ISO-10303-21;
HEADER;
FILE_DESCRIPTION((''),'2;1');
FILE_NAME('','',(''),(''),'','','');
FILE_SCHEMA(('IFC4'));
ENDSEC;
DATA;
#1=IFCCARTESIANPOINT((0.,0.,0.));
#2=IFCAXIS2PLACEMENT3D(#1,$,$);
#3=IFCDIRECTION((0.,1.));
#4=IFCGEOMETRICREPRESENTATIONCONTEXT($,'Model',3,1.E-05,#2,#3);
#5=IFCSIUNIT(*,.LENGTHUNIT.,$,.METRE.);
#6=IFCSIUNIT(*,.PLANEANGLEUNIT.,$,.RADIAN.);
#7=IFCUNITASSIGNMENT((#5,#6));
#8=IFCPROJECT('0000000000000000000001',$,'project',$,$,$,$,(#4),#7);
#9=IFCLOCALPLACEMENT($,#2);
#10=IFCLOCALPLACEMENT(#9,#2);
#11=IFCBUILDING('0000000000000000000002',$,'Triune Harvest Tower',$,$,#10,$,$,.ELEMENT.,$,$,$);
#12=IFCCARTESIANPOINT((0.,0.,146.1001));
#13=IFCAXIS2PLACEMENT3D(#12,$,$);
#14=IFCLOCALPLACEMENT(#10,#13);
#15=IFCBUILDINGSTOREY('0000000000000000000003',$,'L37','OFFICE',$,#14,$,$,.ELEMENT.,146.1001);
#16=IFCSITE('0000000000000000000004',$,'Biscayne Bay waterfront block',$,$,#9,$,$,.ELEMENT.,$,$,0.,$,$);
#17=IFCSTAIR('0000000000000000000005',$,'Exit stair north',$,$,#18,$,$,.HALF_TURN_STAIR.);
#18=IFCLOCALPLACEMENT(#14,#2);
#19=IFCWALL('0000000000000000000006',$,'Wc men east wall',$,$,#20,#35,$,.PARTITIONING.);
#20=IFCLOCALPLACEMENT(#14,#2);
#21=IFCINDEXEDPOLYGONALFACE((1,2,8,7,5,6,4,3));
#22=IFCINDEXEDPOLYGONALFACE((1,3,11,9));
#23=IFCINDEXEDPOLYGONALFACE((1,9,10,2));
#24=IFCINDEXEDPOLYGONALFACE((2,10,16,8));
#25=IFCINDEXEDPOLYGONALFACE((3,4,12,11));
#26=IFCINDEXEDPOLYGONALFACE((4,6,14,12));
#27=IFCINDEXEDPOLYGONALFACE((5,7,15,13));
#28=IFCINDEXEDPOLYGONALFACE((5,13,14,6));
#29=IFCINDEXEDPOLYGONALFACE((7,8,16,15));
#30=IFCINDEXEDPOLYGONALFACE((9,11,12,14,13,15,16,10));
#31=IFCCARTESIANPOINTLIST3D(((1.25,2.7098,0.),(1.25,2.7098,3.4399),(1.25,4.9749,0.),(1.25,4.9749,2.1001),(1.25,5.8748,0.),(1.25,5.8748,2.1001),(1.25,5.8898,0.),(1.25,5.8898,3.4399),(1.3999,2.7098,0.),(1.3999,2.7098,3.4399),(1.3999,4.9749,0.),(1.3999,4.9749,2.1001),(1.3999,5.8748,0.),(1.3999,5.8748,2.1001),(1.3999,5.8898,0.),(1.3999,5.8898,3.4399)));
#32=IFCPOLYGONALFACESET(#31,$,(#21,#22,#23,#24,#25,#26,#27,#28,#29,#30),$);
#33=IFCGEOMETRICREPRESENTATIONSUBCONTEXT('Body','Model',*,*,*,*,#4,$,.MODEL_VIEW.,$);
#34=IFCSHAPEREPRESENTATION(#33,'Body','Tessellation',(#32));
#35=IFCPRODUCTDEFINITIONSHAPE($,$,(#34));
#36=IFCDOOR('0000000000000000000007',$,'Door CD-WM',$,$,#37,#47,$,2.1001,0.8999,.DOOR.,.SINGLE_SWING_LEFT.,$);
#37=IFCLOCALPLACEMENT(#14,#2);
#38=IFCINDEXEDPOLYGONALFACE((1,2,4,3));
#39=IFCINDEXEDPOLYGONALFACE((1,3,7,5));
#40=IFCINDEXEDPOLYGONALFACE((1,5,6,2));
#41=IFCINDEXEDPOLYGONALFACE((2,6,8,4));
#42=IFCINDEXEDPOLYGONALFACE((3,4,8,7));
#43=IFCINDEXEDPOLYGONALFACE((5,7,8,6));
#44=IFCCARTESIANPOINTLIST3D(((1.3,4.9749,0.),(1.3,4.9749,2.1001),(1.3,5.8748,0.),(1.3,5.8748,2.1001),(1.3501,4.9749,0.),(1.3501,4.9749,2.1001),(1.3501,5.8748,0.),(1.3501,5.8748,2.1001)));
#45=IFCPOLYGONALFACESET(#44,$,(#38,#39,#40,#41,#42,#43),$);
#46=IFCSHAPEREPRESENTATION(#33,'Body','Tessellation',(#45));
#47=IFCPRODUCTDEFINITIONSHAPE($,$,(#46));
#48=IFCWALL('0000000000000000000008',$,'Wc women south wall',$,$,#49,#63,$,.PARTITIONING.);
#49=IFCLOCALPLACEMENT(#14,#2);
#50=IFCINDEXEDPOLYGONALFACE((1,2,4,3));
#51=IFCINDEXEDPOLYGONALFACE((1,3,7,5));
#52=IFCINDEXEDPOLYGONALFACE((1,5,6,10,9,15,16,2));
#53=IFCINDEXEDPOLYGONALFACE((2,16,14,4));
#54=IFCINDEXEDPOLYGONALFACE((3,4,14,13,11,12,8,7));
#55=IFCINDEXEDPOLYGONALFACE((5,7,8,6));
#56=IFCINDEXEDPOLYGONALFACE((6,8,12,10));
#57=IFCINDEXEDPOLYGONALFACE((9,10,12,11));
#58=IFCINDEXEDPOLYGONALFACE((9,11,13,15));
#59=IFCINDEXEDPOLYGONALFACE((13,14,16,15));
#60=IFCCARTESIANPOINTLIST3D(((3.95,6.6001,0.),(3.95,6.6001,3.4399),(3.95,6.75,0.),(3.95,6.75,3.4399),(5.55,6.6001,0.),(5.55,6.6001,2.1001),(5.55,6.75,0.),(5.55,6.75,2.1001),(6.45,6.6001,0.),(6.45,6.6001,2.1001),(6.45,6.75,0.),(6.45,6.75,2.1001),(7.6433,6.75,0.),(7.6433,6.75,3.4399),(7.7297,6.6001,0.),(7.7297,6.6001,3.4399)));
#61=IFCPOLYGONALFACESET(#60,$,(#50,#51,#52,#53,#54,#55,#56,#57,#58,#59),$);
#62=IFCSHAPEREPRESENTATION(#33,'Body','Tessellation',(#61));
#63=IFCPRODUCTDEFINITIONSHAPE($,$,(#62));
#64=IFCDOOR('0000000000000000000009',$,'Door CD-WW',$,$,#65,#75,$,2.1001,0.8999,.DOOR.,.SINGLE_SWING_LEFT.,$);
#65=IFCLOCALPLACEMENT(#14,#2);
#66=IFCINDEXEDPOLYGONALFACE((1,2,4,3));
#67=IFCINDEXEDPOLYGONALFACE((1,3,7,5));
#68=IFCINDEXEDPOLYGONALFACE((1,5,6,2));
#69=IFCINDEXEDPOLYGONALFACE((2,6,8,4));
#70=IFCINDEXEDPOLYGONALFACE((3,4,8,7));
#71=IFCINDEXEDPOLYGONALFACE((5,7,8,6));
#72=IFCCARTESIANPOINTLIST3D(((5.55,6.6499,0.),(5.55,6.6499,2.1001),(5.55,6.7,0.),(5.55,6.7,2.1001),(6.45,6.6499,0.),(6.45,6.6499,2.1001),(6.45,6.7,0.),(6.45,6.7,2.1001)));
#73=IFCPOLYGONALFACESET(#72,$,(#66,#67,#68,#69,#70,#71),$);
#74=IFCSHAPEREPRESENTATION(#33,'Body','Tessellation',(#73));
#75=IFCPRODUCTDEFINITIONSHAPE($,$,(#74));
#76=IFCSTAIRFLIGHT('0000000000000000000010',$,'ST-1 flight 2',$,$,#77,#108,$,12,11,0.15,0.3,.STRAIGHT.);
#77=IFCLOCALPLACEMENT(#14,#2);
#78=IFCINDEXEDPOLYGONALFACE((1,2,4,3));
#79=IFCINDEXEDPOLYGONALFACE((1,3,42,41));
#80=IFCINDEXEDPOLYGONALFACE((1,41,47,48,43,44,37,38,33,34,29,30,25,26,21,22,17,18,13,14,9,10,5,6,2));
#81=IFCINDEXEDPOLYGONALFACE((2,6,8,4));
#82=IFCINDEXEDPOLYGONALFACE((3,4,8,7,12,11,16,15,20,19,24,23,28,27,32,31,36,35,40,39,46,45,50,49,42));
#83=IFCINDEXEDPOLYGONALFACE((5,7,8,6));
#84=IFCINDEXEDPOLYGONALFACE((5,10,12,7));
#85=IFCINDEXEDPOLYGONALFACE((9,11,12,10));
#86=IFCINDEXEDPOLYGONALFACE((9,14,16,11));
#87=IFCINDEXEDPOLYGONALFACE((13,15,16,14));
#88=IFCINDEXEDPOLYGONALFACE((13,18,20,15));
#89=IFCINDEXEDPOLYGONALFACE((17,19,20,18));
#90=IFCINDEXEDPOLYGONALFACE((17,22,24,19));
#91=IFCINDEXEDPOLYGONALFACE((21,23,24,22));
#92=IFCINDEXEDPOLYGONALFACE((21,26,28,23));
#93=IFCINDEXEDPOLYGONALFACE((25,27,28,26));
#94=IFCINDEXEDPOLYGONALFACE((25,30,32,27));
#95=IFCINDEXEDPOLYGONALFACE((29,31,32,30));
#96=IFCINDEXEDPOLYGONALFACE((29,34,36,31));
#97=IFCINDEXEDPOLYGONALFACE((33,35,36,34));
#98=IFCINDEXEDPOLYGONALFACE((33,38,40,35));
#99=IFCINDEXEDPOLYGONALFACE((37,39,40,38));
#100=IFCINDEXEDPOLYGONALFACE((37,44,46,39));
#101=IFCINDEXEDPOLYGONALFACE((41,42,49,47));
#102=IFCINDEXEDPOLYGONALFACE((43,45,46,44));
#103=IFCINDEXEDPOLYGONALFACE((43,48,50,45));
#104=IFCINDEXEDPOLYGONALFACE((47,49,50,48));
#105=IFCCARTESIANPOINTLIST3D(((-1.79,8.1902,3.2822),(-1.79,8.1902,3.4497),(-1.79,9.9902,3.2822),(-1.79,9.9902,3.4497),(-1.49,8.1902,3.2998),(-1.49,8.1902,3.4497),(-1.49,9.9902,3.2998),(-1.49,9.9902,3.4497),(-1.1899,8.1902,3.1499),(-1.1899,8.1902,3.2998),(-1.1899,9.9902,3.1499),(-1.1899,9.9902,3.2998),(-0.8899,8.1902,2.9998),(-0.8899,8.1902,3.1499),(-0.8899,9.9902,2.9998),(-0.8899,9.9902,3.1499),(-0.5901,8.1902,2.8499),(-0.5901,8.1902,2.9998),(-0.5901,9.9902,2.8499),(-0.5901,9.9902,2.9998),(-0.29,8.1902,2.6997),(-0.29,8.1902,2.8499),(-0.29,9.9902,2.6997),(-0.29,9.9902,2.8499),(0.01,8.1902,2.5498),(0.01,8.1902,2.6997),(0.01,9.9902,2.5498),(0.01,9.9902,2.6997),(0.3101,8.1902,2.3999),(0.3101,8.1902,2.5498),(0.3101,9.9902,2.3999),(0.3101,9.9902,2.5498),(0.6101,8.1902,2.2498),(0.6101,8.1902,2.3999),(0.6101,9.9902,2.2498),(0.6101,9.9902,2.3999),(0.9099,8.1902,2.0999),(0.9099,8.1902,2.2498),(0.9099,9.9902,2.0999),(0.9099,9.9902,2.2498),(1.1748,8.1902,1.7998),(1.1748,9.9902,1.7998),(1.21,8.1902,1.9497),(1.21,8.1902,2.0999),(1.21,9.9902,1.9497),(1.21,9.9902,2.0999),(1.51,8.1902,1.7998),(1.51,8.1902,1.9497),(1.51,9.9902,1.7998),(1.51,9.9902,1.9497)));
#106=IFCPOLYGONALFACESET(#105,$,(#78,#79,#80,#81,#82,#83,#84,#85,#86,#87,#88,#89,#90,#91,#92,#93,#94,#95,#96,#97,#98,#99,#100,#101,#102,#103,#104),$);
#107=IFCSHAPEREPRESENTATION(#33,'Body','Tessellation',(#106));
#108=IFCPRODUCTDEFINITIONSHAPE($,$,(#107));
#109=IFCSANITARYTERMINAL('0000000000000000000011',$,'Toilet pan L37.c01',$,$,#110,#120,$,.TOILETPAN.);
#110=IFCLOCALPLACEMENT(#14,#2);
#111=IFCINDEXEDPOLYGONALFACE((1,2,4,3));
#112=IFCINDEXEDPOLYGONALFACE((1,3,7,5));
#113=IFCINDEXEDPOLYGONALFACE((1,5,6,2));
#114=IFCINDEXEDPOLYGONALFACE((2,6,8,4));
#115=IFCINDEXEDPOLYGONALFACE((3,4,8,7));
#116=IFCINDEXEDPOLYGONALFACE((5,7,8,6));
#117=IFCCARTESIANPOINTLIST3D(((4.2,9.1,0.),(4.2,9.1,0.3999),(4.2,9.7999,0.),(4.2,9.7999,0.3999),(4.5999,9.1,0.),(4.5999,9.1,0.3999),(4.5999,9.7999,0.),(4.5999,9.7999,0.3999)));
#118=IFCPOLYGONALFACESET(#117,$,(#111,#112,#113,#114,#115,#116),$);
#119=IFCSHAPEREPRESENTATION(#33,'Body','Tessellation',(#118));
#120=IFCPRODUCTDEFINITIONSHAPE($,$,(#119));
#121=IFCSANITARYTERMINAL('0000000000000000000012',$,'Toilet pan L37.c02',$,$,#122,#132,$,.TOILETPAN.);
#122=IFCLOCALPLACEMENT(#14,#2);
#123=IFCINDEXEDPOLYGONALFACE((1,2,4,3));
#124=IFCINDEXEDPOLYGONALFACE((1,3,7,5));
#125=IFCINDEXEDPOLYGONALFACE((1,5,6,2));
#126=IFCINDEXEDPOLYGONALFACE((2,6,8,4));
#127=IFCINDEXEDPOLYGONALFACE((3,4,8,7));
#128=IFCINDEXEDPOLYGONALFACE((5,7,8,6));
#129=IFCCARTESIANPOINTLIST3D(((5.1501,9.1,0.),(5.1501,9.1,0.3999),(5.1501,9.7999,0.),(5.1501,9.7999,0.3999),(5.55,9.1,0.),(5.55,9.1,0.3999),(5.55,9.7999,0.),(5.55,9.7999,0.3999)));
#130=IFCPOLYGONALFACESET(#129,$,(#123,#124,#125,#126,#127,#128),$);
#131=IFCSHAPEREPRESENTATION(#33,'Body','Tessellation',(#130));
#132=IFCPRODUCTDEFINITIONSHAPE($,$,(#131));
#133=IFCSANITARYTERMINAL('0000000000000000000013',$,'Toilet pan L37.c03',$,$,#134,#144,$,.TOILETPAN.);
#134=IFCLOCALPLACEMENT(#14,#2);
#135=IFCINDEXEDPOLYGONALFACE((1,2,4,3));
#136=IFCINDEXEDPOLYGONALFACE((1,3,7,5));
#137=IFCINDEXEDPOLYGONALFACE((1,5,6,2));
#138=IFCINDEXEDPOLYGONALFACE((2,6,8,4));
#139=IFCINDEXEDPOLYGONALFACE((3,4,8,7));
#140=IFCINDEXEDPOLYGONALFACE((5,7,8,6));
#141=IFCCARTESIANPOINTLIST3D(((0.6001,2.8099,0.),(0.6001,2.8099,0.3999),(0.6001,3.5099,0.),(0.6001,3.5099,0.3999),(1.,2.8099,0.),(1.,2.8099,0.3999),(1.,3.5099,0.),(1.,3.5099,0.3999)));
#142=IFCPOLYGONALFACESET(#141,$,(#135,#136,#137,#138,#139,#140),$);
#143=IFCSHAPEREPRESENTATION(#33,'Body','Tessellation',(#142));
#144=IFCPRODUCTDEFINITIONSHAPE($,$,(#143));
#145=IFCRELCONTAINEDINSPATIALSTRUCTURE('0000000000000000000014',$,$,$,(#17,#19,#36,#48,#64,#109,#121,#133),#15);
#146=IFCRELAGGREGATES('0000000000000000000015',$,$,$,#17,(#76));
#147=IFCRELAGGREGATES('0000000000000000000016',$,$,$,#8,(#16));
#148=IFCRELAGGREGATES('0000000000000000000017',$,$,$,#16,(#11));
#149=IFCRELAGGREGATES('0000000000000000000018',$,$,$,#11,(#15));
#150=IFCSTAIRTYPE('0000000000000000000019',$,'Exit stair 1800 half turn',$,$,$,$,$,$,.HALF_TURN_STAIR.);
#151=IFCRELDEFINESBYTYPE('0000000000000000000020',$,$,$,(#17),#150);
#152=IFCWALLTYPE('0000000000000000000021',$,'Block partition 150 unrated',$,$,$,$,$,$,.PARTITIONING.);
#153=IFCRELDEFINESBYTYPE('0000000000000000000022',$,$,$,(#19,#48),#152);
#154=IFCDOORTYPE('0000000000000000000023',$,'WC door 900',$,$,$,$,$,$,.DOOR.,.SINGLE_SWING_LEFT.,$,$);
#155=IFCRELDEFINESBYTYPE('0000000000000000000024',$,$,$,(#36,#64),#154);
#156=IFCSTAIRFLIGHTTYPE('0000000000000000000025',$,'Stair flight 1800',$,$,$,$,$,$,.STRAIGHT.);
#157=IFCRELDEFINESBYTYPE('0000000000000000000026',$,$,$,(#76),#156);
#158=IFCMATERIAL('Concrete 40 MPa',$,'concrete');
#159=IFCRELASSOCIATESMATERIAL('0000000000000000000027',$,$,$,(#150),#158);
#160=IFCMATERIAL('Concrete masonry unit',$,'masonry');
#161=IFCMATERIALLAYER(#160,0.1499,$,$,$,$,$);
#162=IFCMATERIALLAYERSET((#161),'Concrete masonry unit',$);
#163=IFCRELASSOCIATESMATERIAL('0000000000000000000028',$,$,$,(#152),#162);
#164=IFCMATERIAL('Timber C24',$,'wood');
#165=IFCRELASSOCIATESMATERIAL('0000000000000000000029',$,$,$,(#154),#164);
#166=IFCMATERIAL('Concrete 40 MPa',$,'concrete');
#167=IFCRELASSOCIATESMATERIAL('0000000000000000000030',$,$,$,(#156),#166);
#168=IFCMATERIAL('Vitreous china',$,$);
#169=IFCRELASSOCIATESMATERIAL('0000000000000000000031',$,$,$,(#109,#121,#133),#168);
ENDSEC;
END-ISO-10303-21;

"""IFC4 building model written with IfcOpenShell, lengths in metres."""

from ifc_helpers import new_model, si_unit, direction, frame, frame_2d, origin, origin_2d, place, context, subcontext, project, spatial, polyline, rectangle, outline, extrude, source, transform, mapped, material, layer, layer_set, type_object, element, fill, aggregate, save


model = new_model("IFC4")

# Units and contexts
model_context = context("Model", 3, precision=1e-05, world=origin(), true_north=direction((0.0, 1.0)))
body_context = subcontext(model_context, "Body", "Model", "MODEL_VIEW")
ifc_project = project(units=[si_unit("LENGTHUNIT", "METRE"), si_unit("PLANEANGLEUNIT", "RADIAN")], contexts=[model_context])

# Site, building, storey
site_placement = place(None, origin())
site = spatial("IfcSite", under=ifc_project, at=site_placement, Name="Biscayne Bay waterfront block", CompositionType="ELEMENT", RefElevation=0.0)
building_placement = place(site_placement, origin())
building = spatial("IfcBuilding", under=site, at=building_placement, Name="Triune Harvest Tower", CompositionType="ELEMENT")
storey_placement = place(building_placement, frame((0.0, 0.0, 146.1001)))
storey = spatial("IfcBuildingStorey", under=building, at=storey_placement, Name="L37", Description="OFFICE", CompositionType="ELEMENT", Elevation=146.1001)

# Stair
ifc_material_1 = material(Name="Concrete 40 MPa", Category="concrete")
stair_type = type_object("IfcStairType", Name="Exit stair 1800 half turn", PredefinedType="HALF_TURN_STAIR", material=ifc_material_1)
stair_1_placement = place(storey_placement, origin())
stair_1 = element("IfcStair", 1, at=stair_1_placement, inside=storey, type_object=stair_type, Name="Exit stair north", PredefinedType="HALF_TURN_STAIR")

# Walls, openings, doors
ifc_material_2 = material(Name="Concrete masonry unit", Category="masonry")
ifc_layer_1 = layer(ifc_material_2, 0.1499)
ifc_layer_set_1 = layer_set([ifc_layer_1], Name="Concrete masonry unit")
wall_type_1 = type_object("IfcWallType", Name="Block partition 150 unrated", PredefinedType="PARTITIONING", material=ifc_layer_set_1)
shared_shape_1 = source(origin(), body_context, "Body", "SweptSolid", [
    extrude(rectangle(XDim=3.1799, YDim=0.1499, at=frame_2d((1.5898, 0.0))), origin(), (0.0, 0.0, 1.0), 3.4399),
])
wall_1_placement = place(storey_placement, frame((1.325, 2.71, 0.0), z_axis=(0.0, 0.0, 1.0), x_axis=(0.0, 1.0, 0.0)))
wall_1 = element("IfcWall", 2, at=wall_1_placement, inside=storey, type_object=wall_type_1, Name="Wc men east wall", PredefinedType="PARTITIONING", context=body_context, shape_type="MappedRepresentation", body=[
    mapped(shared_shape_1, transform((0.0, 0.0, 0.0), scale=1.0)),
])
opening_1_placement = place(wall_1_placement, frame((2.2649, 0.0, 0.0)))
opening_1 = element("IfcOpeningElement", 3, at=opening_1_placement, cuts=wall_1, PredefinedType="OPENING", context=body_context, shape_type="SweptSolid", body=[
    extrude(rectangle(XDim=0.8999, YDim=2.1001, at=frame_2d((0.45, 1.05))), frame((0.0, 0.085, 0.0), z_axis=(0.0, -1.0, 0.0), x_axis=(1.0, 0.0, 0.0)), (0.0, 0.0, 1.0), 0.1699),
])
ifc_material_3 = material(Name="Timber C24", Category="wood")
door_type_1 = type_object("IfcDoorType", Name="WC door 900", OperationType="SINGLE_SWING_LEFT", PredefinedType="DOOR", material=ifc_material_3)
door_1_placement = place(opening_1_placement, origin())
door_1 = element("IfcDoor", 4, at=door_1_placement, inside=storey, type_object=door_type_1, Name="Door CD-WM", OperationType="SINGLE_SWING_LEFT", OverallHeight=2.1001, OverallWidth=0.8999, PredefinedType="DOOR", context=body_context, shape_type="SweptSolid", body=[
    extrude(rectangle(XDim=0.8999, YDim=2.1001, at=frame_2d((0.45, 1.05))), frame((0.0, 0.0249, 0.0), z_axis=(0.0, -1.0, 0.0), x_axis=(1.0, 0.0, 0.0)), (0.0, 0.0, 1.0), 0.05),
])
fill(opening_1, door_1)
shared_shape_2 = source(origin(), body_context, "Body", "SweptSolid", [
    extrude(outline(polyline([(0.0, -0.075), (0.0, 0.075), (3.6934, 0.075), (3.7798, -0.075), (0.0, -0.075)])), origin(), (0.0, 0.0, 1.0), 3.4399),
])
wall_2_placement = place(storey_placement, frame((3.95, 6.675, 0.0), z_axis=(0.0, 0.0, 1.0), x_axis=(1.0, 0.0, 0.0)))
wall_2 = element("IfcWall", 5, at=wall_2_placement, inside=storey, type_object=wall_type_1, Name="Wc women south wall", PredefinedType="PARTITIONING", context=body_context, shape_type="MappedRepresentation", body=[
    mapped(shared_shape_2, transform((0.0, 0.0, 0.0), scale=1.0)),
])
opening_2_placement = place(wall_2_placement, frame((1.6001, 0.0, 0.0)))
opening_2 = element("IfcOpeningElement", 6, at=opening_2_placement, cuts=wall_2, PredefinedType="OPENING", context=body_context, shape_type="SweptSolid", body=[
    extrude(rectangle(XDim=0.8999, YDim=2.1001, at=frame_2d((0.45, 1.05))), frame((0.0, 0.085, 0.0), z_axis=(0.0, -1.0, 0.0), x_axis=(1.0, 0.0, 0.0)), (0.0, 0.0, 1.0), 0.1699),
])
door_2_placement = place(opening_2_placement, origin())
door_2 = element("IfcDoor", 7, at=door_2_placement, inside=storey, type_object=door_type_1, Name="Door CD-WW", OperationType="SINGLE_SWING_LEFT", OverallHeight=2.1001, OverallWidth=0.8999, PredefinedType="DOOR", context=body_context, shape_type="SweptSolid", body=[
    extrude(rectangle(XDim=0.8999, YDim=2.1001, at=frame_2d((0.45, 1.05))), frame((0.0, 0.0249, 0.0), z_axis=(0.0, -1.0, 0.0), x_axis=(1.0, 0.0, 0.0)), (0.0, 0.0, 1.0), 0.05),
])
fill(opening_2, door_2)

# Stair flight
ifc_material_4 = material(Name="Concrete 40 MPa", Category="concrete")
stair_flight_type = type_object("IfcStairFlightType", Name="Stair flight 1800", PredefinedType="STRAIGHT", material=ifc_material_4)
shared_shape_3 = source(origin(), body_context, "Body", "SweptSolid", [
    extrude(outline(polyline([(0.0, 0.0), (0.0, 0.1499), (0.3, 0.1499), (0.3, 0.3), (0.6001, 0.3), (0.6001, 0.45), (0.8999, 0.45), (0.8999, 0.6001), (1.2, 0.6001), (1.2, 0.75), (1.5, 0.75), (1.5, 0.8999), (1.8, 0.8999), (1.8, 1.05), (2.1001, 1.05), (2.1001, 1.2), (2.3999, 1.2), (2.3999, 1.3501), (2.7, 1.3501), (2.7, 1.5), (3.0, 1.5), (3.0, 1.6499), (3.3, 1.6499), (3.3, 1.8), (3.3, 1.4824), (0.3352, 0.0), (0.0, 0.0)])), frame((0.0, 0.8999, 0.0), z_axis=(0.0, -1.0, 0.0), x_axis=(1.0, 0.0, 0.0)), (0.0, 0.0, 1.0), 1.8),
])
stair_flight_placement = place(storey_placement, frame((1.51, 9.0901, 1.7998), z_axis=(0.0, 0.0, 1.0), x_axis=(-1.0, 0.0, 0.0)))
stair_flight = element("IfcStairFlight", 8, at=stair_flight_placement, type_object=stair_flight_type, Name="ST-1 flight 2", NumberOfRisers=12, NumberOfTreads=11, PredefinedType="STRAIGHT", RiserHeight=0.15, TreadLength=0.3, context=body_context, shape_type="MappedRepresentation", body=[
    mapped(shared_shape_3, transform((0.0, 0.0, 0.0), scale=1.0)),
])
aggregate(stair_1, [stair_flight])

# Sanitary terminals
ifc_material_5 = material(Name="Vitreous china")
shared_shape_4 = source(origin(), body_context, "Body", "SweptSolid", [
    extrude(rectangle(XDim=0.3999, YDim=0.7, at=origin_2d()), origin(), (0.0, 0.0, 1.0), 0.3999),
])
for number, where, z_axis, x_axis, name in (
    (9, (4.3999, 9.45, 0.0), (0.0, 0.0, 1.0), (1.0, 0.0, 0.0), "Toilet pan L37.c01"),
    (10, (5.3501, 9.45, 0.0), (0.0, 0.0, 1.0), (1.0, 0.0, 0.0), "Toilet pan L37.c02"),
    (11, (0.8, 3.1599, 0.0), (0.0, 0.0, 1.0), (-1.0, 0.0, 0.0), "Toilet pan L37.c03"),
):
    element("IfcSanitaryTerminal", number, at=place(storey_placement, frame(where, z_axis=z_axis, x_axis=x_axis)), inside=storey, material=ifc_material_5, Name=name, PredefinedType="TOILETPAN", context=body_context, shape_type="MappedRepresentation", body=[
        mapped(shared_shape_4, transform((0.0, 0.0, 0.0), scale=1.0)),
    ])

save(model, "model.ifc")
